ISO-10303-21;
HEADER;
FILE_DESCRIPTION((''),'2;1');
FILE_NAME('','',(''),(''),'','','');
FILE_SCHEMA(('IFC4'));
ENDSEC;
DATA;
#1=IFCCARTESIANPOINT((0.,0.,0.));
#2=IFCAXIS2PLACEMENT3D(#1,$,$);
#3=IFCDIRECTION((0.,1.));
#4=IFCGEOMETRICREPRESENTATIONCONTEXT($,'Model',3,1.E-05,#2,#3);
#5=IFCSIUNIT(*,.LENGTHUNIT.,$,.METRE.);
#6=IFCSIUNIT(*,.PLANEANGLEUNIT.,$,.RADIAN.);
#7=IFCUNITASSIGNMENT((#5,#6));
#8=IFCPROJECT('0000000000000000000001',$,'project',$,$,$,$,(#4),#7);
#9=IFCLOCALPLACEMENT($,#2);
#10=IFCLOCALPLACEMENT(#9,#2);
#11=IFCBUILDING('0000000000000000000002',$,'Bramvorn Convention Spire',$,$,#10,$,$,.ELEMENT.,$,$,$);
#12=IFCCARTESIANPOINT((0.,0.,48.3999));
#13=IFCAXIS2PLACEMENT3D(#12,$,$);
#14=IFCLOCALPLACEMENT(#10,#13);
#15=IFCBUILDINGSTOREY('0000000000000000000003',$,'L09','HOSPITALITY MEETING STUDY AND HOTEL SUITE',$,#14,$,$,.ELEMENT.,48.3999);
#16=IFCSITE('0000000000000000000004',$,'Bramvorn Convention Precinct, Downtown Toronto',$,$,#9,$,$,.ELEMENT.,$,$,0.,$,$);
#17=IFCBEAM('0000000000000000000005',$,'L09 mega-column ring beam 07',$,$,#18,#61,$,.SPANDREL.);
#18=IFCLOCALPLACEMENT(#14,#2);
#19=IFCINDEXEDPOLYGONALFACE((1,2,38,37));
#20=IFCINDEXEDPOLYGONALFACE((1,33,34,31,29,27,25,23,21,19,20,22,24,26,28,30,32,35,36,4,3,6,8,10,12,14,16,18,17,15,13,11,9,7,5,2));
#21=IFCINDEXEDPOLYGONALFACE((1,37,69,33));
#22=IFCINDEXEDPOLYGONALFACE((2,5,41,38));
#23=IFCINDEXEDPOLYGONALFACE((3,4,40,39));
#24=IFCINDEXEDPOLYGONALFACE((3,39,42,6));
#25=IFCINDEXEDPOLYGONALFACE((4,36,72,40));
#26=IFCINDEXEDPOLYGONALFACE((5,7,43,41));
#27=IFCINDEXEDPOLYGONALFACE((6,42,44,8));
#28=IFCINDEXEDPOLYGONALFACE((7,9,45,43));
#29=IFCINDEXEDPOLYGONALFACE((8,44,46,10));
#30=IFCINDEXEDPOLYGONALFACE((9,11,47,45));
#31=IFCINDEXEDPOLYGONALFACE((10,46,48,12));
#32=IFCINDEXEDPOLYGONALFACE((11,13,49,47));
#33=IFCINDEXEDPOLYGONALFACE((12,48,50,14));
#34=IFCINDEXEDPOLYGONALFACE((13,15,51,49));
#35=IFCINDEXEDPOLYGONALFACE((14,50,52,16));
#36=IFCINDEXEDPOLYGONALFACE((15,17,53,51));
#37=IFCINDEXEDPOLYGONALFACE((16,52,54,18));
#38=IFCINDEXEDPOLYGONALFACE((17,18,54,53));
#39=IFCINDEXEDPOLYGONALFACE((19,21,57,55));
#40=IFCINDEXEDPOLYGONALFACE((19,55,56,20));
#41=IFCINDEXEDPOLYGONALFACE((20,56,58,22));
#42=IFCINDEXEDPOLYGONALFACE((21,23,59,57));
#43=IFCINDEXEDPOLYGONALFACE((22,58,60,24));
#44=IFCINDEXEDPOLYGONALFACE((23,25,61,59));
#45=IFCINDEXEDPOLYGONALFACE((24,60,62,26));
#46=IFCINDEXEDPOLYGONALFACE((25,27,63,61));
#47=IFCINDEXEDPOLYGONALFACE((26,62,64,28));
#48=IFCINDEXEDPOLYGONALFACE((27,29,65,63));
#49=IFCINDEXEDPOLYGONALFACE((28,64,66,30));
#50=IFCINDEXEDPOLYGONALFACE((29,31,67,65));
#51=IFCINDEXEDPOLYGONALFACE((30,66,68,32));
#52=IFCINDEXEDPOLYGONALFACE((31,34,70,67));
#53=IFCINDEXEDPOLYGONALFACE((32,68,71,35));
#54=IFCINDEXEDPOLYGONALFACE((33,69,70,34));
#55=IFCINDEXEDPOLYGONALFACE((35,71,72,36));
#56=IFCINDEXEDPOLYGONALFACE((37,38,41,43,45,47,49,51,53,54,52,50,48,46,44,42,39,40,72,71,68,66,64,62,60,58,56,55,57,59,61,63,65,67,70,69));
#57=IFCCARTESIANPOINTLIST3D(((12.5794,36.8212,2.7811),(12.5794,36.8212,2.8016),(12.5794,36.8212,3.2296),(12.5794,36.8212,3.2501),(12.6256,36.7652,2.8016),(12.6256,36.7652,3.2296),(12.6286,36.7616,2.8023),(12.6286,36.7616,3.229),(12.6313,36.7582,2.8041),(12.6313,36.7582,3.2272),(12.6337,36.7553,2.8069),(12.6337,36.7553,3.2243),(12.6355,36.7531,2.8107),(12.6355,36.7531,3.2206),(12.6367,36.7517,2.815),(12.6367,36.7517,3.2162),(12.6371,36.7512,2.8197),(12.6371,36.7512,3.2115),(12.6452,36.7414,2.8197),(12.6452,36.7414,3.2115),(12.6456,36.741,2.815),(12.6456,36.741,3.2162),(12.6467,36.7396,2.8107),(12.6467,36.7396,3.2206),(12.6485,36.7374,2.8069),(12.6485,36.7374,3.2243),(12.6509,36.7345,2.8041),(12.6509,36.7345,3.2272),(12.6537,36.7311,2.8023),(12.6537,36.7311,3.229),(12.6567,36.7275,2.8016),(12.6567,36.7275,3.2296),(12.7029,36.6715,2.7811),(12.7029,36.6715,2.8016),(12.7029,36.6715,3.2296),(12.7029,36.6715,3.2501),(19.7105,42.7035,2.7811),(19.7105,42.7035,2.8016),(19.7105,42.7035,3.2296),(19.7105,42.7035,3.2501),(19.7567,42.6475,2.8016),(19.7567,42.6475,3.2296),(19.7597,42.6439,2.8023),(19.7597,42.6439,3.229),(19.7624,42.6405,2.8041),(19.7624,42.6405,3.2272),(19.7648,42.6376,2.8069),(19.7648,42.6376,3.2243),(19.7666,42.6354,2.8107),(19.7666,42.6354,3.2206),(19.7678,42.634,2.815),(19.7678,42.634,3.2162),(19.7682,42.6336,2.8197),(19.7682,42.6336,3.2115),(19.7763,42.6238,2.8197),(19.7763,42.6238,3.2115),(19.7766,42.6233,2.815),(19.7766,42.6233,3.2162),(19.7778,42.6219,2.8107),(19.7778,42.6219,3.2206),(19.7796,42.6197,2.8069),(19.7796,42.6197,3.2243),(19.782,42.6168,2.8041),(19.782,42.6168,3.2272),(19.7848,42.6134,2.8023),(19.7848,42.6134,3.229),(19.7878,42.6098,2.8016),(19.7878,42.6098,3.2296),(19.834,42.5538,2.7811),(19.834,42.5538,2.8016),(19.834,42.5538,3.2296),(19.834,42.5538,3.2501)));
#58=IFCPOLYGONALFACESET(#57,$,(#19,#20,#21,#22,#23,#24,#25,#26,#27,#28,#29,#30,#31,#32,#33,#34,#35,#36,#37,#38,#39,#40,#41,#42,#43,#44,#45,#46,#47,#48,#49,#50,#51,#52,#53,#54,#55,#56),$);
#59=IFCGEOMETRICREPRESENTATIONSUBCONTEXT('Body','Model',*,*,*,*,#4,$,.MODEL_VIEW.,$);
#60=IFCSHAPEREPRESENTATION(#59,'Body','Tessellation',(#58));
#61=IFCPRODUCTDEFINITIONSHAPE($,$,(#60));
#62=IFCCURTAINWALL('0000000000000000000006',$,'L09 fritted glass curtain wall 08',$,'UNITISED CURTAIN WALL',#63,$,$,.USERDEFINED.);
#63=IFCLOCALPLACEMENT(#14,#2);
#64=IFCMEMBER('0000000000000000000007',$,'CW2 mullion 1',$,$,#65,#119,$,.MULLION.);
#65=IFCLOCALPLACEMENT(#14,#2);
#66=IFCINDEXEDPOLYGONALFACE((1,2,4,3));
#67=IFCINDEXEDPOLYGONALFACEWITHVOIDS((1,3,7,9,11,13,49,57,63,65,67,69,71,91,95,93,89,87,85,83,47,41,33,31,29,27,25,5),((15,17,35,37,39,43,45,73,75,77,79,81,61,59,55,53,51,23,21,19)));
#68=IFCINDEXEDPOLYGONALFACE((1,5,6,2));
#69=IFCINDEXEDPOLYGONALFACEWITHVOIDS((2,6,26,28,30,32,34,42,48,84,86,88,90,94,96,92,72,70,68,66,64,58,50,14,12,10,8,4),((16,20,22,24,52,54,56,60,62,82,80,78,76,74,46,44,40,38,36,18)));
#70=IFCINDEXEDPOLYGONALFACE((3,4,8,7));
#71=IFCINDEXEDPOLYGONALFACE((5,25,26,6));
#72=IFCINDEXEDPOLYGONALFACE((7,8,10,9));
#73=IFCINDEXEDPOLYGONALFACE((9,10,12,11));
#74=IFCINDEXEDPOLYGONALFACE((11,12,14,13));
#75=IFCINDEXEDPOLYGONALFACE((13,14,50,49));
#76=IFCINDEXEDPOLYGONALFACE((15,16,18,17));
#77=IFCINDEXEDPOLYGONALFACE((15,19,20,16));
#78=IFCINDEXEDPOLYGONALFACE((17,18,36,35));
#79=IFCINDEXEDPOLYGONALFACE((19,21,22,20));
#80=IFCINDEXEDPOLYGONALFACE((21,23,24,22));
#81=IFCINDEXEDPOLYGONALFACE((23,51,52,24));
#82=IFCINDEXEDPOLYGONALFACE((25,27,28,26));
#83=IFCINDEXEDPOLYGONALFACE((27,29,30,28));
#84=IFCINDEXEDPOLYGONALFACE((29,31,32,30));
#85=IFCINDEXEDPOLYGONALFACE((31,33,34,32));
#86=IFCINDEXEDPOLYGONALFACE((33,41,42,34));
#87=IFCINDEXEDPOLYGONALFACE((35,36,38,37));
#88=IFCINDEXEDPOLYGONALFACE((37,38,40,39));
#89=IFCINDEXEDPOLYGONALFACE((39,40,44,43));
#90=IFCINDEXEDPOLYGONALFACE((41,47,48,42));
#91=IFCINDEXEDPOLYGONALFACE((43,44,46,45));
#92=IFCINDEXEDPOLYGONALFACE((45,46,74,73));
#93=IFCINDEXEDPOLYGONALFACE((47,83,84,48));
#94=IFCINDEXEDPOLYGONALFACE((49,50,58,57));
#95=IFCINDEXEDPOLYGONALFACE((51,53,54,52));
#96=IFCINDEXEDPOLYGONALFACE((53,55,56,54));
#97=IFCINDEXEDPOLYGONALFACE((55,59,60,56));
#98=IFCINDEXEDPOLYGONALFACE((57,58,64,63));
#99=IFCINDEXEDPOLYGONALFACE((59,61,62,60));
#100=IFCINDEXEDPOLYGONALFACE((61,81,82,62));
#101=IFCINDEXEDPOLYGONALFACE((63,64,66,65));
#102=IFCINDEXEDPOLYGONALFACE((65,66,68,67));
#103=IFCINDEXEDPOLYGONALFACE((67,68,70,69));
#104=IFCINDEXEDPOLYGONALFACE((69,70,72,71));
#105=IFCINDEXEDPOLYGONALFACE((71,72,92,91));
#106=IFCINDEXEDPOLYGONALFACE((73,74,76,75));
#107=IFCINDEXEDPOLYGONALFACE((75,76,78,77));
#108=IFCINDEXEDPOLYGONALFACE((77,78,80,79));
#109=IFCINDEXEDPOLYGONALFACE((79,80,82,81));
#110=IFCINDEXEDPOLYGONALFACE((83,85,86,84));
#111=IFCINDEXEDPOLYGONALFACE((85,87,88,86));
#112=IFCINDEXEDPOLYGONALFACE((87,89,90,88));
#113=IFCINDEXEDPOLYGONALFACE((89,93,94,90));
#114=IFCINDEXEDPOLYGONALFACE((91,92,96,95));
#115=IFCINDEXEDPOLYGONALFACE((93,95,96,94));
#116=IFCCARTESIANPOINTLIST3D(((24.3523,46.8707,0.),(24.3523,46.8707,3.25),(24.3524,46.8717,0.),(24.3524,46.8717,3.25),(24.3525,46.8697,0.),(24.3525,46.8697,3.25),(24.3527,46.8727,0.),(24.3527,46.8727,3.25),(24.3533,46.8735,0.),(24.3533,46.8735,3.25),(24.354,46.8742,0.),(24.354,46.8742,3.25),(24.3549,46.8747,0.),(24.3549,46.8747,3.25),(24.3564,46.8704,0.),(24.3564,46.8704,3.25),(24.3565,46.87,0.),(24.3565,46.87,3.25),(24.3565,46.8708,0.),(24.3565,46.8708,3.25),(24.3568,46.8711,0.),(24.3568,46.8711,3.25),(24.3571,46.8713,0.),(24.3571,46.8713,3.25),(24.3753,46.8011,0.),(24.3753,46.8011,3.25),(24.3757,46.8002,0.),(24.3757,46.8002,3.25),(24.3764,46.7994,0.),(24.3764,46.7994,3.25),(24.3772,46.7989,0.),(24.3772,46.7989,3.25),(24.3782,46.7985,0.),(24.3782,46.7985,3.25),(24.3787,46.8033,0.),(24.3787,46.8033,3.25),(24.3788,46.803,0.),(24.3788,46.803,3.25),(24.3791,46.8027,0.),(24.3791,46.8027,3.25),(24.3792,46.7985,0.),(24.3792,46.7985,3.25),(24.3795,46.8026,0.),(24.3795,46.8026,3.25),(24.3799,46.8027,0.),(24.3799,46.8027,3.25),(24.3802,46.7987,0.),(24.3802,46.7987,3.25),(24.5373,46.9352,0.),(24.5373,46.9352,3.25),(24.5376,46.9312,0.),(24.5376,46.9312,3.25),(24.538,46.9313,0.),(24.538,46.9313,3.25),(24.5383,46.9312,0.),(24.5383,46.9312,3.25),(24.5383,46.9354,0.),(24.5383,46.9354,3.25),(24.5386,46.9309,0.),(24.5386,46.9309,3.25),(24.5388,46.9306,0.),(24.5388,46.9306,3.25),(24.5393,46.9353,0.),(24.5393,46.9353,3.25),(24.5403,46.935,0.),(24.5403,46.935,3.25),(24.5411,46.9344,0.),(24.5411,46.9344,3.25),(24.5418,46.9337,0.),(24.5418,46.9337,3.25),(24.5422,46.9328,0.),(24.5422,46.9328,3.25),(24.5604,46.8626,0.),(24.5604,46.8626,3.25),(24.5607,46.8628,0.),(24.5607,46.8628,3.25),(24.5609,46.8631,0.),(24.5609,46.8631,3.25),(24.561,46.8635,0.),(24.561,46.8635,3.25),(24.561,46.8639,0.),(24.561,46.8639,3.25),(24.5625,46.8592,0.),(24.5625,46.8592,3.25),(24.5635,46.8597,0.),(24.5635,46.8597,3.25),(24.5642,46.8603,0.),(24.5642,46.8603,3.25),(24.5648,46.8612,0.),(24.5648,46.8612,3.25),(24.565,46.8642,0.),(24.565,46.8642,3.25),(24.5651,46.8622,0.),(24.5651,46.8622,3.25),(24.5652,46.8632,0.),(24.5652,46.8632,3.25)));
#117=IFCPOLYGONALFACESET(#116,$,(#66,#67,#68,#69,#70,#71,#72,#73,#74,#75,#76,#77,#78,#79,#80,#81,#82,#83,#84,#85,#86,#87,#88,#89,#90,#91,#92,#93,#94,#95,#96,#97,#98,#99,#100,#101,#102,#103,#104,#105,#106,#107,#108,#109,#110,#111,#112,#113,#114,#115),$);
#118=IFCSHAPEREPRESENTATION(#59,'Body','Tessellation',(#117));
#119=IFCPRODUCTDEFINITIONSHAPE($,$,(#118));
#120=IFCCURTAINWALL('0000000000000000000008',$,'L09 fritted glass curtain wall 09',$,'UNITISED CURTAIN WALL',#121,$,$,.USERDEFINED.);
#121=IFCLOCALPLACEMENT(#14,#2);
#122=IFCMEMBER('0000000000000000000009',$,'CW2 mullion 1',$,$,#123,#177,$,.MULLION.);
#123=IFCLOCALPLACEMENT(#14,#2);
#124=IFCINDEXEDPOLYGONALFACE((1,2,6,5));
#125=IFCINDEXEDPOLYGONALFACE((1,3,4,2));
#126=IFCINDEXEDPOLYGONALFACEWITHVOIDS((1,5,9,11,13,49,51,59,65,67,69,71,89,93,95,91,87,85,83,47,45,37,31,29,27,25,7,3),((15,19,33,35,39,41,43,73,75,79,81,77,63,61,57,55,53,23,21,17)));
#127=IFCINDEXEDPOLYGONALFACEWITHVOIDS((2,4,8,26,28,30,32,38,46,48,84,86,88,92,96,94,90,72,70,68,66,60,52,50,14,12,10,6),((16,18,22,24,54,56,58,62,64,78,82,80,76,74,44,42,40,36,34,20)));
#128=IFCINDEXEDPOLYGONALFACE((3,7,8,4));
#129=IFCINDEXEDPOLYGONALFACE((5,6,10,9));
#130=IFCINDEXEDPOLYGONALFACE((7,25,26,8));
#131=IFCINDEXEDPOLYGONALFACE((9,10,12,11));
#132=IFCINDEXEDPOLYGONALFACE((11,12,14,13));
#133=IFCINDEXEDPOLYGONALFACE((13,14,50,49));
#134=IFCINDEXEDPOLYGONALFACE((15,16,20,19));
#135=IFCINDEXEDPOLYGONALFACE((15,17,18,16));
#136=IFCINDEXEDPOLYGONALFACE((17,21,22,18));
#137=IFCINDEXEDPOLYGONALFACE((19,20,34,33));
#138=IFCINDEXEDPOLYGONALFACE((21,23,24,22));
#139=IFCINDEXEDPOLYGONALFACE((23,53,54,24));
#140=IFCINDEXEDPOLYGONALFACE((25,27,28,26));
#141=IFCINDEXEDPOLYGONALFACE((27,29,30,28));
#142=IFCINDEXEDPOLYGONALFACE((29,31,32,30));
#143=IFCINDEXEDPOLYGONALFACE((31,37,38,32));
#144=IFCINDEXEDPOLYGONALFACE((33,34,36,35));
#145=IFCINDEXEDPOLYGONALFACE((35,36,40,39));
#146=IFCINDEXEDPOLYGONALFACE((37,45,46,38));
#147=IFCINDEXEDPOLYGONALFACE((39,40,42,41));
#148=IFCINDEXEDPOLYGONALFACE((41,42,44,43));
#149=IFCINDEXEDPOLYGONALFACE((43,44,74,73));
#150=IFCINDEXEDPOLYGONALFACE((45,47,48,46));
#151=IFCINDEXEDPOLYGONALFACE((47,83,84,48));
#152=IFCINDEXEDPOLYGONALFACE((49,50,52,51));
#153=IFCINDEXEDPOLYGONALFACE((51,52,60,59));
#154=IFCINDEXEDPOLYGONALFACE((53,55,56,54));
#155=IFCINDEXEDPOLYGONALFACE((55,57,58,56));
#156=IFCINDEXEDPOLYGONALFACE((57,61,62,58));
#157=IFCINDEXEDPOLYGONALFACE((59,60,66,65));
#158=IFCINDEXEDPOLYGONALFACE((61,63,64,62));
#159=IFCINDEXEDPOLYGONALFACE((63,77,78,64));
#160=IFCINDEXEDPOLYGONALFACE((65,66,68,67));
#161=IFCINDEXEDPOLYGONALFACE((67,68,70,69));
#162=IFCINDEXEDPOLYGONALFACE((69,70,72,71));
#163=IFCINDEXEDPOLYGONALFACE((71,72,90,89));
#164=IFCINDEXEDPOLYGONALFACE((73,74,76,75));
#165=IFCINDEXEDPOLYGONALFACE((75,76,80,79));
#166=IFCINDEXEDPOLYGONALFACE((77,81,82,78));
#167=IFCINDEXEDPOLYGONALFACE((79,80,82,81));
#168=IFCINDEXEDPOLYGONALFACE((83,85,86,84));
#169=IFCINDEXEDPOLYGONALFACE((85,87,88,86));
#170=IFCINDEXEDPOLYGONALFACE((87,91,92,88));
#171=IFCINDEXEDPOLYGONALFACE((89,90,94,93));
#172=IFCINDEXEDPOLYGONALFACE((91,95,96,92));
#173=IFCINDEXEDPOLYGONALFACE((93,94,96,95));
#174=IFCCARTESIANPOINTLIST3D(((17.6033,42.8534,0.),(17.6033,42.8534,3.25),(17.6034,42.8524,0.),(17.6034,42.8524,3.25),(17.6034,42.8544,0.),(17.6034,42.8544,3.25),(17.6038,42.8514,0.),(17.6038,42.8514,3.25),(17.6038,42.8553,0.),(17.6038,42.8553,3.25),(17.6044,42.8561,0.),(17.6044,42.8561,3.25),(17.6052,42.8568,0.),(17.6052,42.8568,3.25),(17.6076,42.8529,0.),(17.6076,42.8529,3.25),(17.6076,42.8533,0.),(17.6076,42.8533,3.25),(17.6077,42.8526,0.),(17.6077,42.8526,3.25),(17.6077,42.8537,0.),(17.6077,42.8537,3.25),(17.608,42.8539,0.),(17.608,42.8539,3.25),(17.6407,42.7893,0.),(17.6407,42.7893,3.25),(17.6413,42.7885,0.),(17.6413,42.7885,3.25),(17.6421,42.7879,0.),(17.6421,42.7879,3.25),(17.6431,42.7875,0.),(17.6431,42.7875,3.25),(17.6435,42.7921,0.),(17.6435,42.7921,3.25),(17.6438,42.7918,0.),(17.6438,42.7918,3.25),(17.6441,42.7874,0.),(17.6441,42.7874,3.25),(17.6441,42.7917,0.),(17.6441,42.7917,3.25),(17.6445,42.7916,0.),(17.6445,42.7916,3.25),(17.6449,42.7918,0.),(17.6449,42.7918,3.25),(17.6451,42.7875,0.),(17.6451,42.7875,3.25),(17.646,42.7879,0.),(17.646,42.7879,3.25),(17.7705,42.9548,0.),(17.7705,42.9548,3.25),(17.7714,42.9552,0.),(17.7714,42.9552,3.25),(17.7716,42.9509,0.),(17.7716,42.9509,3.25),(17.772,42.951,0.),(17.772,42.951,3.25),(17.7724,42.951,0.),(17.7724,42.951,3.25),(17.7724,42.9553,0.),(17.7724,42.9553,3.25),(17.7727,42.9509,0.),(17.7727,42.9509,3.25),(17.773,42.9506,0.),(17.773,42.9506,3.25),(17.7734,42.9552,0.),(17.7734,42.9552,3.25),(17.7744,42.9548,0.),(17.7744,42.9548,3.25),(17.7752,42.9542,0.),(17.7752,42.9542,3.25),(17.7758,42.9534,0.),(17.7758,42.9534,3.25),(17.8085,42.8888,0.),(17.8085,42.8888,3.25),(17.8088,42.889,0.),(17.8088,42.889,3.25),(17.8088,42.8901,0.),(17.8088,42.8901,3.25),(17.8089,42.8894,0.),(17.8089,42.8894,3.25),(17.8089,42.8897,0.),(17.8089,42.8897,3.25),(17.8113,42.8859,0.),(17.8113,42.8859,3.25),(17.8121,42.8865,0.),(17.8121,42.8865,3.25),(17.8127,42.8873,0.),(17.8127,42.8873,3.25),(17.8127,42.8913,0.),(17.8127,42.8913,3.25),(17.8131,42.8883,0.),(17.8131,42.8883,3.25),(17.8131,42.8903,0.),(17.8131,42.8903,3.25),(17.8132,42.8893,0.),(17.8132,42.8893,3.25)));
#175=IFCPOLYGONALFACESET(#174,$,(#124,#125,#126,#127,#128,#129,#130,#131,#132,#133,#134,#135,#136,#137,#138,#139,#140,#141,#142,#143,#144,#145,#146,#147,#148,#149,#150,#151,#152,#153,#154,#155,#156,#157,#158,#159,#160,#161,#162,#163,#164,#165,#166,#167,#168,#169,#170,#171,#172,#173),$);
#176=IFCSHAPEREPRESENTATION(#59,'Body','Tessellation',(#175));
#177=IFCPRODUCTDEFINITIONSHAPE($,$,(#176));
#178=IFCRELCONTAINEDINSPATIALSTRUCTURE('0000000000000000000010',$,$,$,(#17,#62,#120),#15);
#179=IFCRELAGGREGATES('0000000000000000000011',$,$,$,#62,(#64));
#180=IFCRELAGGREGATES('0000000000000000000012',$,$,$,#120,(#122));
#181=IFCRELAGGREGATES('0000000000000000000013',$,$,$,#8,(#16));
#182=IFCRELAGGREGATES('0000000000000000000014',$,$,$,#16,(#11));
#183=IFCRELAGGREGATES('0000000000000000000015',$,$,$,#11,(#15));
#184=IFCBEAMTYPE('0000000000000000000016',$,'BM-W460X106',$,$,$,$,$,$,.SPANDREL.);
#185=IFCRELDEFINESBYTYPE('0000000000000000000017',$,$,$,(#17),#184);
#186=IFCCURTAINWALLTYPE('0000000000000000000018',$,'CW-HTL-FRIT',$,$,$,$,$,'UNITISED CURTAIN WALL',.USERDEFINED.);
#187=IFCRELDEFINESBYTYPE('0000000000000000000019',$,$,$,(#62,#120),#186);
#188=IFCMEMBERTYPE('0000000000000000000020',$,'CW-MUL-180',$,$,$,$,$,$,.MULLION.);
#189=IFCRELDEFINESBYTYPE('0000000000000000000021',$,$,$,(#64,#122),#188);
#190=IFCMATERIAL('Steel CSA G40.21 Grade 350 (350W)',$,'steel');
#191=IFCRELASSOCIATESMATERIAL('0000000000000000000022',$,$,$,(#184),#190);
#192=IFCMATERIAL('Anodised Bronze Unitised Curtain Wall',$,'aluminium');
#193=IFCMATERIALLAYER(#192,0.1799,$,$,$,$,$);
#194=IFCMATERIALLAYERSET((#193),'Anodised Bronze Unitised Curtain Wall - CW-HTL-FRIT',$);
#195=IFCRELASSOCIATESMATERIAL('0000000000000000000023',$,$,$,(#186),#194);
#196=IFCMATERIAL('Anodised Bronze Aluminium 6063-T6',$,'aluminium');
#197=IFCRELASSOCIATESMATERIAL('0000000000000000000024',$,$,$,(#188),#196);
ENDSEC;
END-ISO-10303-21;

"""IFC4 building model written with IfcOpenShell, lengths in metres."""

from ifc_helpers import new_model, si_unit, direction, frame, origin, origin_2d, place, context, subcontext, project, spatial, hollow_rectangle, i_section, extrude, material, layer, layer_set, material_profile, profile_set, type_object, element, aggregate, save


model = new_model("IFC4")

# Units and contexts
model_context = context("Model", 3, precision=1e-05, world=origin(), true_north=direction((0.0, 1.0)))
body_context = subcontext(model_context, "Body", "Model", "MODEL_VIEW")
ifc_project = project(units=[si_unit("LENGTHUNIT", "METRE"), si_unit("PLANEANGLEUNIT", "RADIAN")], contexts=[model_context])

# Site, building, storey
site_placement = place(None, origin())
site = spatial("IfcSite", under=ifc_project, at=site_placement, Name="Bramvorn Convention Precinct, Downtown Toronto", CompositionType="ELEMENT", RefElevation=0.0)
building_placement = place(site_placement, origin())
building = spatial("IfcBuilding", under=site, at=building_placement, Name="Bramvorn Convention Spire", CompositionType="ELEMENT")
storey_placement = place(building_placement, frame((0.0, 0.0, 48.3999)))
storey = spatial("IfcBuildingStorey", under=building, at=storey_placement, Name="L09", Description="HOSPITALITY MEETING STUDY AND HOTEL SUITE", CompositionType="ELEMENT", Elevation=48.3999)

# Shared definitions
ifc_material_1 = material(Name="Steel CSA G40.21 Grade 350 (350W)", Category="steel")

# Beam
ifc_material_profile_1 = material_profile(ifc_material_1, i_section(OverallWidth=0.1941, OverallDepth=0.469, WebThickness=0.0127, FlangeThickness=0.0205, FilletRadius=0.0181, at=origin_2d()))
ifc_profile_set_1 = profile_set([ifc_material_profile_1], Name="Steel CSA G40.21 Grade 350 (350W) - W460X106")
beam_type_1 = type_object("IfcBeamType", Name="BM-W460X106", PredefinedType="SPANDREL", material=ifc_profile_set_1)
beam_1_placement = place(storey_placement, frame((19.7722, 42.6287, 3.0156), z_axis=(-0.771418, -0.636329, 0.0), x_axis=(0.636329, -0.771418, 0.0)))
element("IfcBeam", 1, at=beam_1_placement, inside=storey, type_object=beam_type_1, Name="L09 mega-column ring beam 07", PredefinedType="SPANDREL", context=body_context, shape_type="SweptSolid", body=[
    extrude(i_section(OverallWidth=0.1941, OverallDepth=0.469, WebThickness=0.0127, FlangeThickness=0.0205, FilletRadius=0.0181, at=origin_2d()), origin(), (0.0, 0.0, 1.0), 9.2441),
])

# Curtain wall, member
ifc_material_2 = material(Name="Anodised Bronze Unitised Curtain Wall", Category="aluminium")
ifc_layer_1 = layer(ifc_material_2, 0.1799)
ifc_layer_set_1 = layer_set([ifc_layer_1], Name="Anodised Bronze Unitised Curtain Wall - CW-HTL-FRIT")
curtain_wall_type = type_object("IfcCurtainWallType", Name="CW-HTL-FRIT", ElementType="UNITISED CURTAIN WALL", PredefinedType="USERDEFINED", material=ifc_layer_set_1)
curtain_wall_1_placement = place(storey_placement, origin())
curtain_wall_1 = element("IfcCurtainWall", 2, at=curtain_wall_1_placement, inside=storey, type_object=curtain_wall_type, Name="L09 fritted glass curtain wall 08", ObjectType="UNITISED CURTAIN WALL", PredefinedType="USERDEFINED")
ifc_material_3 = material(Name="Anodised Bronze Aluminium 6063-T6", Category="aluminium")
ifc_material_profile_2 = material_profile(ifc_material_3, hollow_rectangle(XDim=0.0801, YDim=0.2, WallThickness=0.0039, InnerFilletRadius=0.001, OuterFilletRadius=0.0039, at=origin_2d()))
ifc_profile_set_2 = profile_set([ifc_material_profile_2], Name="Anodised Bronze Aluminium 6063-T6 - CWM80X200")
member_type_1 = type_object("IfcMemberType", Name="CW-MUL-180", PredefinedType="MULLION", material=ifc_profile_set_2)
member_1_placement = place(storey_placement, frame((24.4587, 46.8669, 0.0), z_axis=(0.0, 0.0, 1.0), x_axis=(-0.315258, 0.949006, 0.0)))
member_1 = element("IfcMember", 3, at=member_1_placement, type_object=member_type_1, Name="CW2 mullion 1", PredefinedType="MULLION", context=body_context, shape_type="SweptSolid", body=[
    extrude(hollow_rectangle(XDim=0.0801, YDim=0.2, WallThickness=0.0039, InnerFilletRadius=0.001, OuterFilletRadius=0.0039, at=origin_2d()), origin(), (0.0, 0.0, 1.0), 3.25),
])

# Curtain wall, member
curtain_wall_2_placement = place(storey_placement, origin())
curtain_wall_2 = element("IfcCurtainWall", 4, at=curtain_wall_2_placement, inside=storey, type_object=curtain_wall_type, Name="L09 fritted glass curtain wall 09", ObjectType="UNITISED CURTAIN WALL", PredefinedType="USERDEFINED")
member_2_placement = place(storey_placement, frame((17.7083, 42.8713, 0.0), z_axis=(0.0, 0.0, 1.0), x_axis=(-0.510048, 0.860146, 0.0)))
member_2 = element("IfcMember", 5, at=member_2_placement, type_object=member_type_1, Name="CW2 mullion 1", PredefinedType="MULLION", context=body_context, shape_type="SweptSolid", body=[
    extrude(hollow_rectangle(XDim=0.0801, YDim=0.2, WallThickness=0.0039, InnerFilletRadius=0.001, OuterFilletRadius=0.0039, at=origin_2d()), origin(), (0.0, 0.0, 1.0), 3.25),
])

aggregate(curtain_wall_1, [member_1])

aggregate(curtain_wall_2, [member_2])

save(model, "model.ifc")
